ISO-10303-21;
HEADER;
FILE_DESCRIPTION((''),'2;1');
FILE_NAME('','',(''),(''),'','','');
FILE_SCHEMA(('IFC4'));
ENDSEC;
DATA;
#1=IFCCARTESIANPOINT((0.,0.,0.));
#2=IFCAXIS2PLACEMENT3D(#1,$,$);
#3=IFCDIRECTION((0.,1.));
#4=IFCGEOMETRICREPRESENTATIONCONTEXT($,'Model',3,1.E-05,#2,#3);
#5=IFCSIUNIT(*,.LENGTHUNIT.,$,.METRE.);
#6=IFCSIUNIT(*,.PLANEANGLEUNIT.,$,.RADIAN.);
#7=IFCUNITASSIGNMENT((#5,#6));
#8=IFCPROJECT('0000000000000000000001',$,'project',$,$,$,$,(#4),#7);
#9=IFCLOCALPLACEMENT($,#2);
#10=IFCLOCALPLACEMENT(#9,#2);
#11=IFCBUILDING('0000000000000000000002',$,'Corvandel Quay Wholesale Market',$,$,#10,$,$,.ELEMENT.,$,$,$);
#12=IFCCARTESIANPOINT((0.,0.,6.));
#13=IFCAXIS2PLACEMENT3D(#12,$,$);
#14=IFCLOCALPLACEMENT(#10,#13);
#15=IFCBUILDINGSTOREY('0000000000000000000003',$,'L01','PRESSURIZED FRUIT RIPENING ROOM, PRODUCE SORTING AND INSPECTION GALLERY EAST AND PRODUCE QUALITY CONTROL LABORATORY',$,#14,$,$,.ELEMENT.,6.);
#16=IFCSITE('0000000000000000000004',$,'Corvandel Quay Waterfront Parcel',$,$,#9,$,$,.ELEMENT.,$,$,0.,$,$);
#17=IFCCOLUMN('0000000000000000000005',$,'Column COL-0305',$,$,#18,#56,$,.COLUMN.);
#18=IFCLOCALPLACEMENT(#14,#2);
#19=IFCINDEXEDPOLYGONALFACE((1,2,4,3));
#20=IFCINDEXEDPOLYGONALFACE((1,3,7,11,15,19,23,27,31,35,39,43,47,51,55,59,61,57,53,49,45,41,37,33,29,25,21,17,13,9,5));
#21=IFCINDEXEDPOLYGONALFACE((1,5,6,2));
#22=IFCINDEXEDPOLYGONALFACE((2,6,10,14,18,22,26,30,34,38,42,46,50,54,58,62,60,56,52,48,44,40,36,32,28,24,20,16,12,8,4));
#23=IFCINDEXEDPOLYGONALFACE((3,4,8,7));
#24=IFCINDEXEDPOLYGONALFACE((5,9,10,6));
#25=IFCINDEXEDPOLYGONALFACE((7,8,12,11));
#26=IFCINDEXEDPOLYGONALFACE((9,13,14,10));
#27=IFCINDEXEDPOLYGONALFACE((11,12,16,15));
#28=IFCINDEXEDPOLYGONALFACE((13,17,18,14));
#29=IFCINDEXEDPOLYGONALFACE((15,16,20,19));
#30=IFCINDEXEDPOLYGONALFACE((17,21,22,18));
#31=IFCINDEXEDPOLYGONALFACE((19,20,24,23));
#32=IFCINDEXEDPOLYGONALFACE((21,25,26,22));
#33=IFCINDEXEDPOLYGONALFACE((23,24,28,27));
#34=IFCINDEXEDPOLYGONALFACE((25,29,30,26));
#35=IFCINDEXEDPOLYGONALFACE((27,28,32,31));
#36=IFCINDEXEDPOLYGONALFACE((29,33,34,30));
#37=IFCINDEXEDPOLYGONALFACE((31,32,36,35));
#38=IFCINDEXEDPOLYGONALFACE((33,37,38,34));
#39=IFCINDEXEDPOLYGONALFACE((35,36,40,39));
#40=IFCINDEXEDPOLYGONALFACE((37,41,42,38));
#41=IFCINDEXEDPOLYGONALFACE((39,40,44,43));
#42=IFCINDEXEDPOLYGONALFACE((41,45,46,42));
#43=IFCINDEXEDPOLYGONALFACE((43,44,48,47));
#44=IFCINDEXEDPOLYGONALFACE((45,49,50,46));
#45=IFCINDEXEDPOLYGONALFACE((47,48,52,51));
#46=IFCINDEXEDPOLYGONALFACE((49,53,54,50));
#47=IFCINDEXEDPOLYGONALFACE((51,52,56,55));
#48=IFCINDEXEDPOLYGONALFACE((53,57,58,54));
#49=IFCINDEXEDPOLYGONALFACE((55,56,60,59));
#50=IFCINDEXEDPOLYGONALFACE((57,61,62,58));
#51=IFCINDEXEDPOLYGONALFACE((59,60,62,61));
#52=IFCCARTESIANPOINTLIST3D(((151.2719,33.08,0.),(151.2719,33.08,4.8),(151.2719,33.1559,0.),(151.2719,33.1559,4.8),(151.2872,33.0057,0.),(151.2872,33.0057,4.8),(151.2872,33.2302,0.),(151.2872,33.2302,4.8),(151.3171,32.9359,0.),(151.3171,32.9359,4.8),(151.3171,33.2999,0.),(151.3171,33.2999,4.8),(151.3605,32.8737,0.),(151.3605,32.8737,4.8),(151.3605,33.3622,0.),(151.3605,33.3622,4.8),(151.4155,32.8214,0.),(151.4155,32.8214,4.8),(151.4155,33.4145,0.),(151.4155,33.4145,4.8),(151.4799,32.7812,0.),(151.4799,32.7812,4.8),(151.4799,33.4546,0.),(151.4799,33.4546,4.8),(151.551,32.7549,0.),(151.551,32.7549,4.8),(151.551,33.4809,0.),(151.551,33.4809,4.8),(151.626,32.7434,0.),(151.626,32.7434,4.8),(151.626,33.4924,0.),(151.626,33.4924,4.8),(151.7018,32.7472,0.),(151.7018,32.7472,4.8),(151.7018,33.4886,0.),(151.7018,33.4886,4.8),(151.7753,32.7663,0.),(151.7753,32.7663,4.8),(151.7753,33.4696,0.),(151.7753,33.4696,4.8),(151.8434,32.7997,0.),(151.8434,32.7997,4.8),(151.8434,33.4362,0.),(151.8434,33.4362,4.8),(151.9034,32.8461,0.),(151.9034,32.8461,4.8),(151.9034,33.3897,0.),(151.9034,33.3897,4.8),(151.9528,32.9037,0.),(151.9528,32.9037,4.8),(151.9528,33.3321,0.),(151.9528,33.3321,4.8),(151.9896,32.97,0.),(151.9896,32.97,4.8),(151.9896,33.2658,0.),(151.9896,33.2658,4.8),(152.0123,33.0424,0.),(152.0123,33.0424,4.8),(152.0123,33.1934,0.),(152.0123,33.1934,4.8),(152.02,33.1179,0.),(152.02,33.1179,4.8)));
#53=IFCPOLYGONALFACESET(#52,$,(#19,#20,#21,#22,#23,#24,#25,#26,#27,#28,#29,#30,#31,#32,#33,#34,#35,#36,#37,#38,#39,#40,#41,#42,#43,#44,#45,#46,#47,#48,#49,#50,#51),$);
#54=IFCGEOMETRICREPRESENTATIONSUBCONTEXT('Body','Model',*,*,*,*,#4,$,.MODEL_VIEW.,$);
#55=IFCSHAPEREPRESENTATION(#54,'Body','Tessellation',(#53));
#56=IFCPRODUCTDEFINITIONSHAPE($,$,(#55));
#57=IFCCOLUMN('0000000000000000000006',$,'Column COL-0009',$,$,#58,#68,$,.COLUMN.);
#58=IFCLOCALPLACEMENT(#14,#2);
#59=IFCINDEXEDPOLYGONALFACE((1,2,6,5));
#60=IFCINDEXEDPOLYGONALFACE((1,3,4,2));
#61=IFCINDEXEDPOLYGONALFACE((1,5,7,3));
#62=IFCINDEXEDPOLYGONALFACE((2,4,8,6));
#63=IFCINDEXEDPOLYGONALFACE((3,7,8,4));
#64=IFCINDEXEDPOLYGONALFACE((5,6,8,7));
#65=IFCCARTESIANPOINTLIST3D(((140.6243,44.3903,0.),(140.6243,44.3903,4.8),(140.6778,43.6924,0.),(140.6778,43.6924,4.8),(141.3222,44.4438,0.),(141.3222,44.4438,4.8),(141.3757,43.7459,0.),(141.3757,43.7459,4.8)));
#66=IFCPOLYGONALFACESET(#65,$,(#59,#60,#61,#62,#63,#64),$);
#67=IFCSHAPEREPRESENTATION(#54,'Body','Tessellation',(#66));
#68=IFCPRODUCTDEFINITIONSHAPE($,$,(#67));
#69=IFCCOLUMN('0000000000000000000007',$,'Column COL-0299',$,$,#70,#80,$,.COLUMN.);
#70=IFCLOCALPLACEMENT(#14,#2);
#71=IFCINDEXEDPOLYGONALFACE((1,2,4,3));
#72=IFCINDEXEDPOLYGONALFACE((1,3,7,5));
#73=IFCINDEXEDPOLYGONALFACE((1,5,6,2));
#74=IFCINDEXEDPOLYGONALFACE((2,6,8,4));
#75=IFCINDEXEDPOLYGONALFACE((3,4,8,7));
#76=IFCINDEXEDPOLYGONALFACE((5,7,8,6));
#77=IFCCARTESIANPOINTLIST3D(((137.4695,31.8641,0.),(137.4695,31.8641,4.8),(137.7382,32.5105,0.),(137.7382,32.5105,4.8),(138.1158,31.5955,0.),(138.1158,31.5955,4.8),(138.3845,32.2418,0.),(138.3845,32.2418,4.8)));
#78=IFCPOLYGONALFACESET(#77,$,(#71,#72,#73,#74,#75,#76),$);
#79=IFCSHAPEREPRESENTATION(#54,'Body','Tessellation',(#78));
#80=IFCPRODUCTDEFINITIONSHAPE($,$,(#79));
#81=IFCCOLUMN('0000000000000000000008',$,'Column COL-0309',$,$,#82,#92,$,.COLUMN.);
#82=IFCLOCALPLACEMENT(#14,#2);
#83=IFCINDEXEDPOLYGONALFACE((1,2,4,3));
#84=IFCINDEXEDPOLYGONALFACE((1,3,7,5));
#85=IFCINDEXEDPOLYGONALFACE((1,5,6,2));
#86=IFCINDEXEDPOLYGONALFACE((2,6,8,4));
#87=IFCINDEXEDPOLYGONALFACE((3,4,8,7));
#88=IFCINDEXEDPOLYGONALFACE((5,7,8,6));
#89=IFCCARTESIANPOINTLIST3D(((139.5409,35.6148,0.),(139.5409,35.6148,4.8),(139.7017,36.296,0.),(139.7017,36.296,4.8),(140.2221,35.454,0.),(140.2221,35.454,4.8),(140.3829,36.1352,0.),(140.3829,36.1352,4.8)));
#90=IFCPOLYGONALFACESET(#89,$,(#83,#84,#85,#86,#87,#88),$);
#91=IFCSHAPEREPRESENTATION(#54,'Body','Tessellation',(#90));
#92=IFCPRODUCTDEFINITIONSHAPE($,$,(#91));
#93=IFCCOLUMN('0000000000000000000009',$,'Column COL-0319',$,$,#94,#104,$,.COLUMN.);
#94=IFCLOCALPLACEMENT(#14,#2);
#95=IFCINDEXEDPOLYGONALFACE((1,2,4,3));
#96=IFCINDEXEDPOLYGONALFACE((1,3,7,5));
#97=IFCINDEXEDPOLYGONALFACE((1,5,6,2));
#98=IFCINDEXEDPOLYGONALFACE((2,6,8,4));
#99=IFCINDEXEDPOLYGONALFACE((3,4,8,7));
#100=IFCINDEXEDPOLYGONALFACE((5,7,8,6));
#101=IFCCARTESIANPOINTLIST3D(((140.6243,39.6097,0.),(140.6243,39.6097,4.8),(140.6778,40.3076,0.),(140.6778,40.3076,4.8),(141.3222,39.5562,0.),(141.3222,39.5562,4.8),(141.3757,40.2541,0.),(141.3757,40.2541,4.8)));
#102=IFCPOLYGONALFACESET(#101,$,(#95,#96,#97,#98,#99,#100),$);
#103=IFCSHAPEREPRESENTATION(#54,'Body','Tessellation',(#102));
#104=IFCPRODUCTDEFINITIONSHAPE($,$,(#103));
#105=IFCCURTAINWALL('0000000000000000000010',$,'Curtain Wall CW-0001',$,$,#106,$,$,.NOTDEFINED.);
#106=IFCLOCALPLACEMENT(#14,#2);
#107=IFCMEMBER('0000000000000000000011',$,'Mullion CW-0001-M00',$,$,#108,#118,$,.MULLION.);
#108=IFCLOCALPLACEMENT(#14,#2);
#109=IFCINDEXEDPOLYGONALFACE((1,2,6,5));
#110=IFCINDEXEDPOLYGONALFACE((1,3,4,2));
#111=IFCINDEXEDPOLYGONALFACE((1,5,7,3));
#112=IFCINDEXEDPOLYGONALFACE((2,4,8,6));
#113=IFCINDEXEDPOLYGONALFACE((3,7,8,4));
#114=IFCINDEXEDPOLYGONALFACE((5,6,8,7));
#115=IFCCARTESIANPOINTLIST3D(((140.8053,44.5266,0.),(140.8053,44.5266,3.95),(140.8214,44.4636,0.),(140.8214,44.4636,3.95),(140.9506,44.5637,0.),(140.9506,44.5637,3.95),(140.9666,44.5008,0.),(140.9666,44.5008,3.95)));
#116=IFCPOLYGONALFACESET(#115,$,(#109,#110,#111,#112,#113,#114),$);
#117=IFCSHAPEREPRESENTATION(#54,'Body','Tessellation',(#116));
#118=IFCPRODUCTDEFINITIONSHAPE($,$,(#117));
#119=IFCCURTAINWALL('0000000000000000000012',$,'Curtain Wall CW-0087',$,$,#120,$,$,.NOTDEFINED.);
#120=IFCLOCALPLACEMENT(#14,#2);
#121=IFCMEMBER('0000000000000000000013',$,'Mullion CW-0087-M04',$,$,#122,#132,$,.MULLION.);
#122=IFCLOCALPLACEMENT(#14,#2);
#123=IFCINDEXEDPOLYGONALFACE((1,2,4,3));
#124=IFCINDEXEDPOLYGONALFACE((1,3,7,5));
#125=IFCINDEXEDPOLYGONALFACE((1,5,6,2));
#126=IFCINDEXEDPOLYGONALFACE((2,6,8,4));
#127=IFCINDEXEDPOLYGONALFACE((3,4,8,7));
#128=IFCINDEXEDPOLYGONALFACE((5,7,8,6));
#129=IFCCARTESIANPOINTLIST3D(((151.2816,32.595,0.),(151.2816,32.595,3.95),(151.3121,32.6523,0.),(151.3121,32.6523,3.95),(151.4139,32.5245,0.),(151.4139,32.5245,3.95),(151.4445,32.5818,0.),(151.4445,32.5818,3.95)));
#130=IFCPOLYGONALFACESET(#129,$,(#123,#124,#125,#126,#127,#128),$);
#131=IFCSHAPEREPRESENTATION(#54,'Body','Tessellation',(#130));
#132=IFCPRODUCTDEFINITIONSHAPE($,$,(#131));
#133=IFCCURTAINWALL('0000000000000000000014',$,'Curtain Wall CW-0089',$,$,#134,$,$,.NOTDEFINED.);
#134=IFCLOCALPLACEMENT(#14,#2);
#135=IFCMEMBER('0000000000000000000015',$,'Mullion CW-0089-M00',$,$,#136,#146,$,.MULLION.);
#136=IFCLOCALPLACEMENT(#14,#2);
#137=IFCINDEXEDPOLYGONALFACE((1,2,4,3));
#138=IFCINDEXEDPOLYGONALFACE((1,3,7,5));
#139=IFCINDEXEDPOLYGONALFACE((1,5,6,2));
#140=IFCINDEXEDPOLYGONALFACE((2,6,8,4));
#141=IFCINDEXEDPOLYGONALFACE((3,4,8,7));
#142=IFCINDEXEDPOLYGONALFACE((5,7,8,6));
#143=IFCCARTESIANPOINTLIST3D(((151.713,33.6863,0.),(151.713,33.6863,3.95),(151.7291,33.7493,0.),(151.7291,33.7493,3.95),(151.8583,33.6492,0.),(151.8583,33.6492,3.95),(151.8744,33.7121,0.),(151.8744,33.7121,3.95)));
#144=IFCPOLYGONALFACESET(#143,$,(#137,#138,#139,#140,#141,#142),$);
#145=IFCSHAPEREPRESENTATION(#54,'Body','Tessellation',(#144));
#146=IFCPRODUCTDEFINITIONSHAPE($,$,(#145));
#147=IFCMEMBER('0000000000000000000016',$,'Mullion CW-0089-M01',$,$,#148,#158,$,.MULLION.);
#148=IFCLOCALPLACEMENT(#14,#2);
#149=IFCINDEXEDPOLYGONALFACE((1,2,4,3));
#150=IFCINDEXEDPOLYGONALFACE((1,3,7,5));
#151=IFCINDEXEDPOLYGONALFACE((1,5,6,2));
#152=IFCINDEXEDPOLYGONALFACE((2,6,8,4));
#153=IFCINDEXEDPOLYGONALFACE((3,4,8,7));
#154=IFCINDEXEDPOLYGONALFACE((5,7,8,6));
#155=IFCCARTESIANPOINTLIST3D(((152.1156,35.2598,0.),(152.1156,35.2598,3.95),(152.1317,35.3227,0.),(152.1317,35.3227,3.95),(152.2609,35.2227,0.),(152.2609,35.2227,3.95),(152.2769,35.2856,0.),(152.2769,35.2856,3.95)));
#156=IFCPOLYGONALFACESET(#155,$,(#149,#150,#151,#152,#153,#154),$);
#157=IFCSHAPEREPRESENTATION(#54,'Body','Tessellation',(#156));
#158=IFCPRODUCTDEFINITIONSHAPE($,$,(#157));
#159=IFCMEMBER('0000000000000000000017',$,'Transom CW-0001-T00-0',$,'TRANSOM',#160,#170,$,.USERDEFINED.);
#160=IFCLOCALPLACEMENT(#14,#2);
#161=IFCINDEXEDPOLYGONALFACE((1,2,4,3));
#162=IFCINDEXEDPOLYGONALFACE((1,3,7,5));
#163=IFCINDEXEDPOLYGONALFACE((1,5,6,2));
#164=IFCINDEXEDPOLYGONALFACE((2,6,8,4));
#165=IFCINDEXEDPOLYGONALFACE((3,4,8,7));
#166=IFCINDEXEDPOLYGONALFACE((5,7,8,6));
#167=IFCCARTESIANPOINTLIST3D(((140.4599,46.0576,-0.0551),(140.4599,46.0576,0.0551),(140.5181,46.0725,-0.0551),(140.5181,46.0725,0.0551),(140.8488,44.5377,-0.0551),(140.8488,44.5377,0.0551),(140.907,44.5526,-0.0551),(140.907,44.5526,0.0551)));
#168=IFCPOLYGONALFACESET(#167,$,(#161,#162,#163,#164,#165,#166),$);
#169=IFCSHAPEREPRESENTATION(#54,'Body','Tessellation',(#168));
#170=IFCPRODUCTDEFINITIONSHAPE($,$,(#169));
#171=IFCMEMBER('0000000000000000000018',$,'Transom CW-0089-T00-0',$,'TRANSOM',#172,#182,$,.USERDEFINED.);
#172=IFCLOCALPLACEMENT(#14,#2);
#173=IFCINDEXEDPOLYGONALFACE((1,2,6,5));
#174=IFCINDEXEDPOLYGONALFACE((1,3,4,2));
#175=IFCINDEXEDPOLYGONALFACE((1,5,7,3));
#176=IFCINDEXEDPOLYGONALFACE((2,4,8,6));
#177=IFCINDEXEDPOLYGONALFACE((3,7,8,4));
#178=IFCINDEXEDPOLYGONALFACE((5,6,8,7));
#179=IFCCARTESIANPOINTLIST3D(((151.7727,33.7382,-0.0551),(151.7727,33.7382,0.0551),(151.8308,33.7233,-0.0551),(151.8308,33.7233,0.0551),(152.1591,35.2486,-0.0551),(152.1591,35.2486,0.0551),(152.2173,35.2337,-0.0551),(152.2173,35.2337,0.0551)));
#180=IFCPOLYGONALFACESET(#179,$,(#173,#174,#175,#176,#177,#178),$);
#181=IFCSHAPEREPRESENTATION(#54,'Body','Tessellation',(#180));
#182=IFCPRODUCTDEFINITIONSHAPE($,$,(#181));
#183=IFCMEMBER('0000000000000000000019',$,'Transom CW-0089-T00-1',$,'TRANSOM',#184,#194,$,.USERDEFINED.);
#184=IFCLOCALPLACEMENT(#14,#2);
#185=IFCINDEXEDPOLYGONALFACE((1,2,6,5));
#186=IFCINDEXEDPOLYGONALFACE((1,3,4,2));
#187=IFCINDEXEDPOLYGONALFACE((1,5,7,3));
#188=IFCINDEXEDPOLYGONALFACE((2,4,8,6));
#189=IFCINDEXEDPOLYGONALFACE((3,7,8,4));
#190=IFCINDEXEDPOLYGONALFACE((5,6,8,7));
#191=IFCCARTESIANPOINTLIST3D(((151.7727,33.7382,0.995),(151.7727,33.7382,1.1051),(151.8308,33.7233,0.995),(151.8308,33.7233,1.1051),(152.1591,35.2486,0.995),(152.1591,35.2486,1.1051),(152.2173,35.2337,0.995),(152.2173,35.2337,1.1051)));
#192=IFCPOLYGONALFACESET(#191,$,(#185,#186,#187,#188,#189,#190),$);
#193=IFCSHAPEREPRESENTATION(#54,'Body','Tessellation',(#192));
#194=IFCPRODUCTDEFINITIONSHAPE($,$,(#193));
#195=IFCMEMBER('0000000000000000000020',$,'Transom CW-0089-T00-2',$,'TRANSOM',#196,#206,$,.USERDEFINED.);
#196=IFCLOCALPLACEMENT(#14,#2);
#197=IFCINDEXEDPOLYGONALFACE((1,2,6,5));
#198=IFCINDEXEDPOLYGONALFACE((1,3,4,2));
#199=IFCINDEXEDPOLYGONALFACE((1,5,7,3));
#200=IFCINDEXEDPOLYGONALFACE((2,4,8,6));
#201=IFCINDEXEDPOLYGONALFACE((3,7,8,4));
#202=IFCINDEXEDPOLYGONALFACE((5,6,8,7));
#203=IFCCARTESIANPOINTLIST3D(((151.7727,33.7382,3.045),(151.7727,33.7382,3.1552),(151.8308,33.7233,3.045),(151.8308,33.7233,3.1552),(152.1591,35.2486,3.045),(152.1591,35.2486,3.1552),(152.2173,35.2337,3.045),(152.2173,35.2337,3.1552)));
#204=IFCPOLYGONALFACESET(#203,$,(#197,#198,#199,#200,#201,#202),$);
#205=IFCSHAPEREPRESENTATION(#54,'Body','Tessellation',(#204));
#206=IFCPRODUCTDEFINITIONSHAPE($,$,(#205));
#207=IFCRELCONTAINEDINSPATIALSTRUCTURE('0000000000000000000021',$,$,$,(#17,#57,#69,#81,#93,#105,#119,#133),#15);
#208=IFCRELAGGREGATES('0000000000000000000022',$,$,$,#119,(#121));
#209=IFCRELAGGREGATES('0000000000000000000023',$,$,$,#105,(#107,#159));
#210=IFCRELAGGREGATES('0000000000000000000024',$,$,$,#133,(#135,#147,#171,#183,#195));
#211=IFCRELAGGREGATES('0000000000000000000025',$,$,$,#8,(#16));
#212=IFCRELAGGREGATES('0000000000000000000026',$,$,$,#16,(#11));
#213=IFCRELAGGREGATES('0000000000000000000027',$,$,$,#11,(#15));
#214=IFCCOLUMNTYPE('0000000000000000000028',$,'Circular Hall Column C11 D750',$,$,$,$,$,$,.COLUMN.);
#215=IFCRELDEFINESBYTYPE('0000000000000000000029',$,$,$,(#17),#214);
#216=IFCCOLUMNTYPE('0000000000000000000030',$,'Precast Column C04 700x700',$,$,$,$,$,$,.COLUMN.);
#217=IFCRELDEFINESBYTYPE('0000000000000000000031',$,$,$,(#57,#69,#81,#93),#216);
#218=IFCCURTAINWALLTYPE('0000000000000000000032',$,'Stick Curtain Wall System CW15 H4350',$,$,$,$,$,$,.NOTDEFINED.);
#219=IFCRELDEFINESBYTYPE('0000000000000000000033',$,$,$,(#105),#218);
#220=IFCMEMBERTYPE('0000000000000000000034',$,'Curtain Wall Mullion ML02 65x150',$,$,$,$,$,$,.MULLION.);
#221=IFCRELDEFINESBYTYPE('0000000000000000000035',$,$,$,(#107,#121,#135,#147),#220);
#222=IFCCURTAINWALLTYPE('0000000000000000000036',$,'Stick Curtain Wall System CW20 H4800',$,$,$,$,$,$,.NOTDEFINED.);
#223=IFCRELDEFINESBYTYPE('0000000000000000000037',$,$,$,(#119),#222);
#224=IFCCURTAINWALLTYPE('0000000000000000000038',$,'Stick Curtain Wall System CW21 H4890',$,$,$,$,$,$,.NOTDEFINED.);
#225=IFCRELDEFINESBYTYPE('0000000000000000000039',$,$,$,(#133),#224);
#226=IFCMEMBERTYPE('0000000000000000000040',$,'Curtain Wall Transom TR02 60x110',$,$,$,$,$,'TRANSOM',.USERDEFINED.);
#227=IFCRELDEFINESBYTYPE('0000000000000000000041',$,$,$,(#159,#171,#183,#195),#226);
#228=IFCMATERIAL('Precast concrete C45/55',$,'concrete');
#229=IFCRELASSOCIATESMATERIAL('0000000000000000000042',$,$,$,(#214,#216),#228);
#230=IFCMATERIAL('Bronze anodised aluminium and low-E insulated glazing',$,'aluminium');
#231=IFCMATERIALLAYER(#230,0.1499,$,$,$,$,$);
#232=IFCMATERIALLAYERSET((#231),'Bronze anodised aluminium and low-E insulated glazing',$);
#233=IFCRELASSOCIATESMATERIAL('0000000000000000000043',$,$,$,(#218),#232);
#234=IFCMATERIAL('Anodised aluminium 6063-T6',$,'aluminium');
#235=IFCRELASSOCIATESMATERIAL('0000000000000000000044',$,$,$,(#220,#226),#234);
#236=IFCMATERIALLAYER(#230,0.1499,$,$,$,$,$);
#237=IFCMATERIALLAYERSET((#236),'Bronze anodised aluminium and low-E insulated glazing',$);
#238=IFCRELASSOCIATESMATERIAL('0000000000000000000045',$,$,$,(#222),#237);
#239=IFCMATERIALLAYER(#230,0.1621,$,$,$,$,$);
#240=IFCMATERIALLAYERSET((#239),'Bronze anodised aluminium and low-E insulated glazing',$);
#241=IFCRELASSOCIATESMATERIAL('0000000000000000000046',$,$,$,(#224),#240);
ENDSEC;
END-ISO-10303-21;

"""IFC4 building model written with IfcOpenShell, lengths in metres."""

from ifc_helpers import new_model, si_unit, direction, frame, origin, origin_2d, place, context, subcontext, project, spatial, rectangle, circle, extrude, material, layer, layer_set, material_profile, profile_set, type_object, element, aggregate, save


model = new_model("IFC4")

# Units and contexts
model_context = context("Model", 3, precision=1e-05, world=origin(), true_north=direction((0.0, 1.0)))
body_context = subcontext(model_context, "Body", "Model", "MODEL_VIEW")
ifc_project = project(units=[si_unit("LENGTHUNIT", "METRE"), si_unit("PLANEANGLEUNIT", "RADIAN")], contexts=[model_context])

# Site, building, storey
site_placement = place(None, origin())
site = spatial("IfcSite", under=ifc_project, at=site_placement, Name="Corvandel Quay Waterfront Parcel", CompositionType="ELEMENT", RefElevation=0.0)
building_placement = place(site_placement, origin())
building = spatial("IfcBuilding", under=site, at=building_placement, Name="Corvandel Quay Wholesale Market", CompositionType="ELEMENT")
storey_placement = place(building_placement, frame((0.0, 0.0, 6.0)))
storey = spatial("IfcBuildingStorey", under=building, at=storey_placement, Name="L01", Description="PRESSURIZED FRUIT RIPENING ROOM, PRODUCE SORTING AND INSPECTION GALLERY EAST AND PRODUCE QUALITY CONTROL LABORATORY", CompositionType="ELEMENT", Elevation=6.0)

# Columns
ifc_material_1 = material(Name="Precast concrete C45/55", Category="concrete")
ifc_material_profile_1 = material_profile(ifc_material_1, circle(Radius=0.375, at=origin_2d()), Name="PC-COL-D750")
ifc_profile_set_1 = profile_set([ifc_material_profile_1], Name="Precast concrete C45/55")
column_type_1 = type_object("IfcColumnType", Name="Circular Hall Column C11 D750", PredefinedType="COLUMN", material=ifc_profile_set_1)
column_placement = place(storey_placement, frame((151.645, 33.1179, 0.0), z_axis=(0.0, 0.0, 1.0), x_axis=(1.0, 0.0, 0.0)))
element("IfcColumn", 1, at=column_placement, inside=storey, type_object=column_type_1, Name="Column COL-0305", PredefinedType="COLUMN", context=body_context, shape_type="SweptSolid", body=[
    extrude(circle(Radius=0.375, at=origin_2d()), origin(), (0.0, 0.0, 1.0), 4.8),
])
ifc_material_profile_2 = material_profile(ifc_material_1, rectangle(XDim=0.7, YDim=0.7, at=origin_2d()), Name="PC-COL-700x700")
ifc_profile_set_2 = profile_set([ifc_material_profile_2], Name="Precast concrete C45/55")
column_type_2 = type_object("IfcColumnType", Name="Precast Column C04 700x700", PredefinedType="COLUMN", material=ifc_profile_set_2)
for number, where, z_axis, x_axis, name in (
    (2, (141.0, 44.0681, 0.0), (0.0, 0.0, 1.0), (-0.076371, 0.997079, 0.0), "Column COL-0009"),
    (3, (137.927, 32.053, 0.0), (0.0, 0.0, 1.0), (0.383812, 0.923411, 0.0), "Column COL-0299"),
    (4, (139.9619, 35.875, 0.0), (0.0, 0.0, 1.0), (0.22971, 0.973259, 0.0), "Column COL-0309"),
    (5, (141.0, 39.9319, 0.0), (0.0, 0.0, 1.0), (0.076371, 0.997079, 0.0), "Column COL-0319"),
):
    element("IfcColumn", number, at=place(storey_placement, frame(where, z_axis=z_axis, x_axis=x_axis)), inside=storey, type_object=column_type_2, Name=name, PredefinedType="COLUMN", context=body_context, shape_type="SweptSolid", body=[
        extrude(rectangle(XDim=0.7, YDim=0.7, at=origin_2d()), origin(), (0.0, 0.0, 1.0), 4.8),
    ])

# Curtain walls, members
ifc_material_2 = material(Name="Bronze anodised aluminium and low-E insulated glazing", Category="aluminium")
ifc_layer_1 = layer(ifc_material_2, 0.1499)
ifc_layer_set_1 = layer_set([ifc_layer_1], Name="Bronze anodised aluminium and low-E insulated glazing")
curtain_wall_type_1 = type_object("IfcCurtainWallType", Name="Stick Curtain Wall System CW15 H4350", PredefinedType="NOTDEFINED", material=ifc_layer_set_1)
curtain_wall_1_placement = place(storey_placement, origin())
curtain_wall_1 = element("IfcCurtainWall", 6, at=curtain_wall_1_placement, inside=storey, type_object=curtain_wall_type_1, Name="Curtain Wall CW-0001", PredefinedType="NOTDEFINED")
ifc_material_3 = material(Name="Anodised aluminium 6063-T6", Category="aluminium")
ifc_material_profile_3 = material_profile(ifc_material_3, rectangle(XDim=0.0649, YDim=0.1499, at=origin_2d()), Name="ALU-MUL-65x150")
ifc_profile_set_3 = profile_set([ifc_material_profile_3], Name="Anodised aluminium 6063-T6")
member_type_1 = type_object("IfcMemberType", Name="Curtain Wall Mullion ML02 65x150", PredefinedType="MULLION", material=ifc_profile_set_3)
member_1_placement = place(storey_placement, frame((140.886, 44.5137, 0.0), z_axis=(0.0, 0.0, 1.0), x_axis=(-0.247845, 0.9688, 0.0)))
member_1 = element("IfcMember", 7, at=member_1_placement, type_object=member_type_1, Name="Mullion CW-0001-M00", PredefinedType="MULLION", context=body_context, shape_type="SweptSolid", body=[
    extrude(rectangle(XDim=0.0649, YDim=0.1499, at=origin_2d()), origin(), (0.0, 0.0, 1.0), 3.95),
])
ifc_layer_2 = layer(ifc_material_2, 0.1499)
ifc_layer_set_2 = layer_set([ifc_layer_2], Name="Bronze anodised aluminium and low-E insulated glazing")
curtain_wall_type_2 = type_object("IfcCurtainWallType", Name="Stick Curtain Wall System CW20 H4800", PredefinedType="NOTDEFINED", material=ifc_layer_set_2)
curtain_wall_2_placement = place(storey_placement, origin())
curtain_wall_2 = element("IfcCurtainWall", 8, at=curtain_wall_2_placement, inside=storey, type_object=curtain_wall_type_2, Name="Curtain Wall CW-0087", PredefinedType="NOTDEFINED")
member_2_placement = place(storey_placement, frame((151.363, 32.5884, 0.0), z_axis=(0.0, 0.0, 1.0), x_axis=(0.470088, 0.88262, 0.0)))
member_2 = element("IfcMember", 9, at=member_2_placement, type_object=member_type_1, Name="Mullion CW-0087-M04", PredefinedType="MULLION", context=body_context, shape_type="SweptSolid", body=[
    extrude(rectangle(XDim=0.0649, YDim=0.1499, at=origin_2d()), origin(), (0.0, 0.0, 1.0), 3.95),
])
aggregate(curtain_wall_2, [member_2])

# Curtain wall, members
ifc_layer_3 = layer(ifc_material_2, 0.1621)
ifc_layer_set_3 = layer_set([ifc_layer_3], Name="Bronze anodised aluminium and low-E insulated glazing")
curtain_wall_type_3 = type_object("IfcCurtainWallType", Name="Stick Curtain Wall System CW21 H4890", PredefinedType="NOTDEFINED", material=ifc_layer_set_3)
curtain_wall_3_placement = place(storey_placement, origin())
curtain_wall_3 = element("IfcCurtainWall", 10, at=curtain_wall_3_placement, inside=storey, type_object=curtain_wall_type_3, Name="Curtain Wall CW-0089", PredefinedType="NOTDEFINED")
member_3_placement = place(storey_placement, frame((151.7937, 33.6992, 0.0), z_axis=(0.0, 0.0, 1.0), x_axis=(0.247845, 0.9688, 0.0)))
member_3 = element("IfcMember", 11, at=member_3_placement, type_object=member_type_1, Name="Mullion CW-0089-M00", PredefinedType="MULLION", context=body_context, shape_type="SweptSolid", body=[
    extrude(rectangle(XDim=0.0649, YDim=0.1499, at=origin_2d()), origin(), (0.0, 0.0, 1.0), 3.95),
])
member_4_placement = place(storey_placement, frame((152.1963, 35.2727, 0.0), z_axis=(0.0, 0.0, 1.0), x_axis=(0.247845, 0.9688, 0.0)))
member_4 = element("IfcMember", 12, at=member_4_placement, type_object=member_type_1, Name="Mullion CW-0089-M01", PredefinedType="MULLION", context=body_context, shape_type="SweptSolid", body=[
    extrude(rectangle(XDim=0.0649, YDim=0.1499, at=origin_2d()), origin(), (0.0, 0.0, 1.0), 3.95),
])

# Members
ifc_material_profile_4 = material_profile(ifc_material_3, rectangle(XDim=0.0601, YDim=0.1101, at=origin_2d()), Name="ALU-TRN-60x110")
ifc_profile_set_4 = profile_set([ifc_material_profile_4], Name="Anodised aluminium 6063-T6")
member_type_2 = type_object("IfcMemberType", Name="Curtain Wall Transom TR02 60x110", ElementType="TRANSOM", PredefinedType="USERDEFINED", material=ifc_profile_set_4)
member_5_placement = place(storey_placement, frame((140.8779, 44.5452, 0.0), z_axis=(-0.247915, 0.968782, 0.0), x_axis=(-0.968782, -0.247915, 0.0)))
member_5 = element("IfcMember", 13, at=member_5_placement, type_object=member_type_2, Name="Transom CW-0001-T00-0", ObjectType="TRANSOM", PredefinedType="USERDEFINED", context=body_context, shape_type="SweptSolid", body=[
    extrude(rectangle(XDim=0.0601, YDim=0.1101, at=origin_2d()), origin(), (0.0, 0.0, 1.0), 1.5688),
])
aggregate(curtain_wall_1, [member_1, member_5])
member_6_placement = place(storey_placement, frame((151.8018, 33.7307, 0.0), z_axis=(0.247874, 0.968792, 0.0), x_axis=(-0.968792, 0.247874, 0.0)))
member_6 = element("IfcMember", 14, at=member_6_placement, type_object=member_type_2, Name="Transom CW-0089-T00-0", ObjectType="TRANSOM", PredefinedType="USERDEFINED", context=body_context, shape_type="SweptSolid", body=[
    extrude(rectangle(XDim=0.0601, YDim=0.1101, at=origin_2d()), origin(), (0.0, 0.0, 1.0), 1.5591),
])
member_7_placement = place(storey_placement, frame((151.8018, 33.7307, 1.05), z_axis=(0.247874, 0.968792, 0.0), x_axis=(-0.968792, 0.247874, 0.0)))
member_7 = element("IfcMember", 15, at=member_7_placement, type_object=member_type_2, Name="Transom CW-0089-T00-1", ObjectType="TRANSOM", PredefinedType="USERDEFINED", context=body_context, shape_type="SweptSolid", body=[
    extrude(rectangle(XDim=0.0601, YDim=0.1101, at=origin_2d()), origin(), (0.0, 0.0, 1.0), 1.5591),
])
member_8_placement = place(storey_placement, frame((151.8018, 33.7307, 3.1001), z_axis=(0.247874, 0.968792, 0.0), x_axis=(-0.968792, 0.247874, 0.0)))
member_8 = element("IfcMember", 16, at=member_8_placement, type_object=member_type_2, Name="Transom CW-0089-T00-2", ObjectType="TRANSOM", PredefinedType="USERDEFINED", context=body_context, shape_type="SweptSolid", body=[
    extrude(rectangle(XDim=0.0601, YDim=0.1101, at=origin_2d()), origin(), (0.0, 0.0, 1.0), 1.5591),
])

aggregate(curtain_wall_3, [member_3, member_4, member_6, member_7, member_8])

save(model, "model.ifc")
